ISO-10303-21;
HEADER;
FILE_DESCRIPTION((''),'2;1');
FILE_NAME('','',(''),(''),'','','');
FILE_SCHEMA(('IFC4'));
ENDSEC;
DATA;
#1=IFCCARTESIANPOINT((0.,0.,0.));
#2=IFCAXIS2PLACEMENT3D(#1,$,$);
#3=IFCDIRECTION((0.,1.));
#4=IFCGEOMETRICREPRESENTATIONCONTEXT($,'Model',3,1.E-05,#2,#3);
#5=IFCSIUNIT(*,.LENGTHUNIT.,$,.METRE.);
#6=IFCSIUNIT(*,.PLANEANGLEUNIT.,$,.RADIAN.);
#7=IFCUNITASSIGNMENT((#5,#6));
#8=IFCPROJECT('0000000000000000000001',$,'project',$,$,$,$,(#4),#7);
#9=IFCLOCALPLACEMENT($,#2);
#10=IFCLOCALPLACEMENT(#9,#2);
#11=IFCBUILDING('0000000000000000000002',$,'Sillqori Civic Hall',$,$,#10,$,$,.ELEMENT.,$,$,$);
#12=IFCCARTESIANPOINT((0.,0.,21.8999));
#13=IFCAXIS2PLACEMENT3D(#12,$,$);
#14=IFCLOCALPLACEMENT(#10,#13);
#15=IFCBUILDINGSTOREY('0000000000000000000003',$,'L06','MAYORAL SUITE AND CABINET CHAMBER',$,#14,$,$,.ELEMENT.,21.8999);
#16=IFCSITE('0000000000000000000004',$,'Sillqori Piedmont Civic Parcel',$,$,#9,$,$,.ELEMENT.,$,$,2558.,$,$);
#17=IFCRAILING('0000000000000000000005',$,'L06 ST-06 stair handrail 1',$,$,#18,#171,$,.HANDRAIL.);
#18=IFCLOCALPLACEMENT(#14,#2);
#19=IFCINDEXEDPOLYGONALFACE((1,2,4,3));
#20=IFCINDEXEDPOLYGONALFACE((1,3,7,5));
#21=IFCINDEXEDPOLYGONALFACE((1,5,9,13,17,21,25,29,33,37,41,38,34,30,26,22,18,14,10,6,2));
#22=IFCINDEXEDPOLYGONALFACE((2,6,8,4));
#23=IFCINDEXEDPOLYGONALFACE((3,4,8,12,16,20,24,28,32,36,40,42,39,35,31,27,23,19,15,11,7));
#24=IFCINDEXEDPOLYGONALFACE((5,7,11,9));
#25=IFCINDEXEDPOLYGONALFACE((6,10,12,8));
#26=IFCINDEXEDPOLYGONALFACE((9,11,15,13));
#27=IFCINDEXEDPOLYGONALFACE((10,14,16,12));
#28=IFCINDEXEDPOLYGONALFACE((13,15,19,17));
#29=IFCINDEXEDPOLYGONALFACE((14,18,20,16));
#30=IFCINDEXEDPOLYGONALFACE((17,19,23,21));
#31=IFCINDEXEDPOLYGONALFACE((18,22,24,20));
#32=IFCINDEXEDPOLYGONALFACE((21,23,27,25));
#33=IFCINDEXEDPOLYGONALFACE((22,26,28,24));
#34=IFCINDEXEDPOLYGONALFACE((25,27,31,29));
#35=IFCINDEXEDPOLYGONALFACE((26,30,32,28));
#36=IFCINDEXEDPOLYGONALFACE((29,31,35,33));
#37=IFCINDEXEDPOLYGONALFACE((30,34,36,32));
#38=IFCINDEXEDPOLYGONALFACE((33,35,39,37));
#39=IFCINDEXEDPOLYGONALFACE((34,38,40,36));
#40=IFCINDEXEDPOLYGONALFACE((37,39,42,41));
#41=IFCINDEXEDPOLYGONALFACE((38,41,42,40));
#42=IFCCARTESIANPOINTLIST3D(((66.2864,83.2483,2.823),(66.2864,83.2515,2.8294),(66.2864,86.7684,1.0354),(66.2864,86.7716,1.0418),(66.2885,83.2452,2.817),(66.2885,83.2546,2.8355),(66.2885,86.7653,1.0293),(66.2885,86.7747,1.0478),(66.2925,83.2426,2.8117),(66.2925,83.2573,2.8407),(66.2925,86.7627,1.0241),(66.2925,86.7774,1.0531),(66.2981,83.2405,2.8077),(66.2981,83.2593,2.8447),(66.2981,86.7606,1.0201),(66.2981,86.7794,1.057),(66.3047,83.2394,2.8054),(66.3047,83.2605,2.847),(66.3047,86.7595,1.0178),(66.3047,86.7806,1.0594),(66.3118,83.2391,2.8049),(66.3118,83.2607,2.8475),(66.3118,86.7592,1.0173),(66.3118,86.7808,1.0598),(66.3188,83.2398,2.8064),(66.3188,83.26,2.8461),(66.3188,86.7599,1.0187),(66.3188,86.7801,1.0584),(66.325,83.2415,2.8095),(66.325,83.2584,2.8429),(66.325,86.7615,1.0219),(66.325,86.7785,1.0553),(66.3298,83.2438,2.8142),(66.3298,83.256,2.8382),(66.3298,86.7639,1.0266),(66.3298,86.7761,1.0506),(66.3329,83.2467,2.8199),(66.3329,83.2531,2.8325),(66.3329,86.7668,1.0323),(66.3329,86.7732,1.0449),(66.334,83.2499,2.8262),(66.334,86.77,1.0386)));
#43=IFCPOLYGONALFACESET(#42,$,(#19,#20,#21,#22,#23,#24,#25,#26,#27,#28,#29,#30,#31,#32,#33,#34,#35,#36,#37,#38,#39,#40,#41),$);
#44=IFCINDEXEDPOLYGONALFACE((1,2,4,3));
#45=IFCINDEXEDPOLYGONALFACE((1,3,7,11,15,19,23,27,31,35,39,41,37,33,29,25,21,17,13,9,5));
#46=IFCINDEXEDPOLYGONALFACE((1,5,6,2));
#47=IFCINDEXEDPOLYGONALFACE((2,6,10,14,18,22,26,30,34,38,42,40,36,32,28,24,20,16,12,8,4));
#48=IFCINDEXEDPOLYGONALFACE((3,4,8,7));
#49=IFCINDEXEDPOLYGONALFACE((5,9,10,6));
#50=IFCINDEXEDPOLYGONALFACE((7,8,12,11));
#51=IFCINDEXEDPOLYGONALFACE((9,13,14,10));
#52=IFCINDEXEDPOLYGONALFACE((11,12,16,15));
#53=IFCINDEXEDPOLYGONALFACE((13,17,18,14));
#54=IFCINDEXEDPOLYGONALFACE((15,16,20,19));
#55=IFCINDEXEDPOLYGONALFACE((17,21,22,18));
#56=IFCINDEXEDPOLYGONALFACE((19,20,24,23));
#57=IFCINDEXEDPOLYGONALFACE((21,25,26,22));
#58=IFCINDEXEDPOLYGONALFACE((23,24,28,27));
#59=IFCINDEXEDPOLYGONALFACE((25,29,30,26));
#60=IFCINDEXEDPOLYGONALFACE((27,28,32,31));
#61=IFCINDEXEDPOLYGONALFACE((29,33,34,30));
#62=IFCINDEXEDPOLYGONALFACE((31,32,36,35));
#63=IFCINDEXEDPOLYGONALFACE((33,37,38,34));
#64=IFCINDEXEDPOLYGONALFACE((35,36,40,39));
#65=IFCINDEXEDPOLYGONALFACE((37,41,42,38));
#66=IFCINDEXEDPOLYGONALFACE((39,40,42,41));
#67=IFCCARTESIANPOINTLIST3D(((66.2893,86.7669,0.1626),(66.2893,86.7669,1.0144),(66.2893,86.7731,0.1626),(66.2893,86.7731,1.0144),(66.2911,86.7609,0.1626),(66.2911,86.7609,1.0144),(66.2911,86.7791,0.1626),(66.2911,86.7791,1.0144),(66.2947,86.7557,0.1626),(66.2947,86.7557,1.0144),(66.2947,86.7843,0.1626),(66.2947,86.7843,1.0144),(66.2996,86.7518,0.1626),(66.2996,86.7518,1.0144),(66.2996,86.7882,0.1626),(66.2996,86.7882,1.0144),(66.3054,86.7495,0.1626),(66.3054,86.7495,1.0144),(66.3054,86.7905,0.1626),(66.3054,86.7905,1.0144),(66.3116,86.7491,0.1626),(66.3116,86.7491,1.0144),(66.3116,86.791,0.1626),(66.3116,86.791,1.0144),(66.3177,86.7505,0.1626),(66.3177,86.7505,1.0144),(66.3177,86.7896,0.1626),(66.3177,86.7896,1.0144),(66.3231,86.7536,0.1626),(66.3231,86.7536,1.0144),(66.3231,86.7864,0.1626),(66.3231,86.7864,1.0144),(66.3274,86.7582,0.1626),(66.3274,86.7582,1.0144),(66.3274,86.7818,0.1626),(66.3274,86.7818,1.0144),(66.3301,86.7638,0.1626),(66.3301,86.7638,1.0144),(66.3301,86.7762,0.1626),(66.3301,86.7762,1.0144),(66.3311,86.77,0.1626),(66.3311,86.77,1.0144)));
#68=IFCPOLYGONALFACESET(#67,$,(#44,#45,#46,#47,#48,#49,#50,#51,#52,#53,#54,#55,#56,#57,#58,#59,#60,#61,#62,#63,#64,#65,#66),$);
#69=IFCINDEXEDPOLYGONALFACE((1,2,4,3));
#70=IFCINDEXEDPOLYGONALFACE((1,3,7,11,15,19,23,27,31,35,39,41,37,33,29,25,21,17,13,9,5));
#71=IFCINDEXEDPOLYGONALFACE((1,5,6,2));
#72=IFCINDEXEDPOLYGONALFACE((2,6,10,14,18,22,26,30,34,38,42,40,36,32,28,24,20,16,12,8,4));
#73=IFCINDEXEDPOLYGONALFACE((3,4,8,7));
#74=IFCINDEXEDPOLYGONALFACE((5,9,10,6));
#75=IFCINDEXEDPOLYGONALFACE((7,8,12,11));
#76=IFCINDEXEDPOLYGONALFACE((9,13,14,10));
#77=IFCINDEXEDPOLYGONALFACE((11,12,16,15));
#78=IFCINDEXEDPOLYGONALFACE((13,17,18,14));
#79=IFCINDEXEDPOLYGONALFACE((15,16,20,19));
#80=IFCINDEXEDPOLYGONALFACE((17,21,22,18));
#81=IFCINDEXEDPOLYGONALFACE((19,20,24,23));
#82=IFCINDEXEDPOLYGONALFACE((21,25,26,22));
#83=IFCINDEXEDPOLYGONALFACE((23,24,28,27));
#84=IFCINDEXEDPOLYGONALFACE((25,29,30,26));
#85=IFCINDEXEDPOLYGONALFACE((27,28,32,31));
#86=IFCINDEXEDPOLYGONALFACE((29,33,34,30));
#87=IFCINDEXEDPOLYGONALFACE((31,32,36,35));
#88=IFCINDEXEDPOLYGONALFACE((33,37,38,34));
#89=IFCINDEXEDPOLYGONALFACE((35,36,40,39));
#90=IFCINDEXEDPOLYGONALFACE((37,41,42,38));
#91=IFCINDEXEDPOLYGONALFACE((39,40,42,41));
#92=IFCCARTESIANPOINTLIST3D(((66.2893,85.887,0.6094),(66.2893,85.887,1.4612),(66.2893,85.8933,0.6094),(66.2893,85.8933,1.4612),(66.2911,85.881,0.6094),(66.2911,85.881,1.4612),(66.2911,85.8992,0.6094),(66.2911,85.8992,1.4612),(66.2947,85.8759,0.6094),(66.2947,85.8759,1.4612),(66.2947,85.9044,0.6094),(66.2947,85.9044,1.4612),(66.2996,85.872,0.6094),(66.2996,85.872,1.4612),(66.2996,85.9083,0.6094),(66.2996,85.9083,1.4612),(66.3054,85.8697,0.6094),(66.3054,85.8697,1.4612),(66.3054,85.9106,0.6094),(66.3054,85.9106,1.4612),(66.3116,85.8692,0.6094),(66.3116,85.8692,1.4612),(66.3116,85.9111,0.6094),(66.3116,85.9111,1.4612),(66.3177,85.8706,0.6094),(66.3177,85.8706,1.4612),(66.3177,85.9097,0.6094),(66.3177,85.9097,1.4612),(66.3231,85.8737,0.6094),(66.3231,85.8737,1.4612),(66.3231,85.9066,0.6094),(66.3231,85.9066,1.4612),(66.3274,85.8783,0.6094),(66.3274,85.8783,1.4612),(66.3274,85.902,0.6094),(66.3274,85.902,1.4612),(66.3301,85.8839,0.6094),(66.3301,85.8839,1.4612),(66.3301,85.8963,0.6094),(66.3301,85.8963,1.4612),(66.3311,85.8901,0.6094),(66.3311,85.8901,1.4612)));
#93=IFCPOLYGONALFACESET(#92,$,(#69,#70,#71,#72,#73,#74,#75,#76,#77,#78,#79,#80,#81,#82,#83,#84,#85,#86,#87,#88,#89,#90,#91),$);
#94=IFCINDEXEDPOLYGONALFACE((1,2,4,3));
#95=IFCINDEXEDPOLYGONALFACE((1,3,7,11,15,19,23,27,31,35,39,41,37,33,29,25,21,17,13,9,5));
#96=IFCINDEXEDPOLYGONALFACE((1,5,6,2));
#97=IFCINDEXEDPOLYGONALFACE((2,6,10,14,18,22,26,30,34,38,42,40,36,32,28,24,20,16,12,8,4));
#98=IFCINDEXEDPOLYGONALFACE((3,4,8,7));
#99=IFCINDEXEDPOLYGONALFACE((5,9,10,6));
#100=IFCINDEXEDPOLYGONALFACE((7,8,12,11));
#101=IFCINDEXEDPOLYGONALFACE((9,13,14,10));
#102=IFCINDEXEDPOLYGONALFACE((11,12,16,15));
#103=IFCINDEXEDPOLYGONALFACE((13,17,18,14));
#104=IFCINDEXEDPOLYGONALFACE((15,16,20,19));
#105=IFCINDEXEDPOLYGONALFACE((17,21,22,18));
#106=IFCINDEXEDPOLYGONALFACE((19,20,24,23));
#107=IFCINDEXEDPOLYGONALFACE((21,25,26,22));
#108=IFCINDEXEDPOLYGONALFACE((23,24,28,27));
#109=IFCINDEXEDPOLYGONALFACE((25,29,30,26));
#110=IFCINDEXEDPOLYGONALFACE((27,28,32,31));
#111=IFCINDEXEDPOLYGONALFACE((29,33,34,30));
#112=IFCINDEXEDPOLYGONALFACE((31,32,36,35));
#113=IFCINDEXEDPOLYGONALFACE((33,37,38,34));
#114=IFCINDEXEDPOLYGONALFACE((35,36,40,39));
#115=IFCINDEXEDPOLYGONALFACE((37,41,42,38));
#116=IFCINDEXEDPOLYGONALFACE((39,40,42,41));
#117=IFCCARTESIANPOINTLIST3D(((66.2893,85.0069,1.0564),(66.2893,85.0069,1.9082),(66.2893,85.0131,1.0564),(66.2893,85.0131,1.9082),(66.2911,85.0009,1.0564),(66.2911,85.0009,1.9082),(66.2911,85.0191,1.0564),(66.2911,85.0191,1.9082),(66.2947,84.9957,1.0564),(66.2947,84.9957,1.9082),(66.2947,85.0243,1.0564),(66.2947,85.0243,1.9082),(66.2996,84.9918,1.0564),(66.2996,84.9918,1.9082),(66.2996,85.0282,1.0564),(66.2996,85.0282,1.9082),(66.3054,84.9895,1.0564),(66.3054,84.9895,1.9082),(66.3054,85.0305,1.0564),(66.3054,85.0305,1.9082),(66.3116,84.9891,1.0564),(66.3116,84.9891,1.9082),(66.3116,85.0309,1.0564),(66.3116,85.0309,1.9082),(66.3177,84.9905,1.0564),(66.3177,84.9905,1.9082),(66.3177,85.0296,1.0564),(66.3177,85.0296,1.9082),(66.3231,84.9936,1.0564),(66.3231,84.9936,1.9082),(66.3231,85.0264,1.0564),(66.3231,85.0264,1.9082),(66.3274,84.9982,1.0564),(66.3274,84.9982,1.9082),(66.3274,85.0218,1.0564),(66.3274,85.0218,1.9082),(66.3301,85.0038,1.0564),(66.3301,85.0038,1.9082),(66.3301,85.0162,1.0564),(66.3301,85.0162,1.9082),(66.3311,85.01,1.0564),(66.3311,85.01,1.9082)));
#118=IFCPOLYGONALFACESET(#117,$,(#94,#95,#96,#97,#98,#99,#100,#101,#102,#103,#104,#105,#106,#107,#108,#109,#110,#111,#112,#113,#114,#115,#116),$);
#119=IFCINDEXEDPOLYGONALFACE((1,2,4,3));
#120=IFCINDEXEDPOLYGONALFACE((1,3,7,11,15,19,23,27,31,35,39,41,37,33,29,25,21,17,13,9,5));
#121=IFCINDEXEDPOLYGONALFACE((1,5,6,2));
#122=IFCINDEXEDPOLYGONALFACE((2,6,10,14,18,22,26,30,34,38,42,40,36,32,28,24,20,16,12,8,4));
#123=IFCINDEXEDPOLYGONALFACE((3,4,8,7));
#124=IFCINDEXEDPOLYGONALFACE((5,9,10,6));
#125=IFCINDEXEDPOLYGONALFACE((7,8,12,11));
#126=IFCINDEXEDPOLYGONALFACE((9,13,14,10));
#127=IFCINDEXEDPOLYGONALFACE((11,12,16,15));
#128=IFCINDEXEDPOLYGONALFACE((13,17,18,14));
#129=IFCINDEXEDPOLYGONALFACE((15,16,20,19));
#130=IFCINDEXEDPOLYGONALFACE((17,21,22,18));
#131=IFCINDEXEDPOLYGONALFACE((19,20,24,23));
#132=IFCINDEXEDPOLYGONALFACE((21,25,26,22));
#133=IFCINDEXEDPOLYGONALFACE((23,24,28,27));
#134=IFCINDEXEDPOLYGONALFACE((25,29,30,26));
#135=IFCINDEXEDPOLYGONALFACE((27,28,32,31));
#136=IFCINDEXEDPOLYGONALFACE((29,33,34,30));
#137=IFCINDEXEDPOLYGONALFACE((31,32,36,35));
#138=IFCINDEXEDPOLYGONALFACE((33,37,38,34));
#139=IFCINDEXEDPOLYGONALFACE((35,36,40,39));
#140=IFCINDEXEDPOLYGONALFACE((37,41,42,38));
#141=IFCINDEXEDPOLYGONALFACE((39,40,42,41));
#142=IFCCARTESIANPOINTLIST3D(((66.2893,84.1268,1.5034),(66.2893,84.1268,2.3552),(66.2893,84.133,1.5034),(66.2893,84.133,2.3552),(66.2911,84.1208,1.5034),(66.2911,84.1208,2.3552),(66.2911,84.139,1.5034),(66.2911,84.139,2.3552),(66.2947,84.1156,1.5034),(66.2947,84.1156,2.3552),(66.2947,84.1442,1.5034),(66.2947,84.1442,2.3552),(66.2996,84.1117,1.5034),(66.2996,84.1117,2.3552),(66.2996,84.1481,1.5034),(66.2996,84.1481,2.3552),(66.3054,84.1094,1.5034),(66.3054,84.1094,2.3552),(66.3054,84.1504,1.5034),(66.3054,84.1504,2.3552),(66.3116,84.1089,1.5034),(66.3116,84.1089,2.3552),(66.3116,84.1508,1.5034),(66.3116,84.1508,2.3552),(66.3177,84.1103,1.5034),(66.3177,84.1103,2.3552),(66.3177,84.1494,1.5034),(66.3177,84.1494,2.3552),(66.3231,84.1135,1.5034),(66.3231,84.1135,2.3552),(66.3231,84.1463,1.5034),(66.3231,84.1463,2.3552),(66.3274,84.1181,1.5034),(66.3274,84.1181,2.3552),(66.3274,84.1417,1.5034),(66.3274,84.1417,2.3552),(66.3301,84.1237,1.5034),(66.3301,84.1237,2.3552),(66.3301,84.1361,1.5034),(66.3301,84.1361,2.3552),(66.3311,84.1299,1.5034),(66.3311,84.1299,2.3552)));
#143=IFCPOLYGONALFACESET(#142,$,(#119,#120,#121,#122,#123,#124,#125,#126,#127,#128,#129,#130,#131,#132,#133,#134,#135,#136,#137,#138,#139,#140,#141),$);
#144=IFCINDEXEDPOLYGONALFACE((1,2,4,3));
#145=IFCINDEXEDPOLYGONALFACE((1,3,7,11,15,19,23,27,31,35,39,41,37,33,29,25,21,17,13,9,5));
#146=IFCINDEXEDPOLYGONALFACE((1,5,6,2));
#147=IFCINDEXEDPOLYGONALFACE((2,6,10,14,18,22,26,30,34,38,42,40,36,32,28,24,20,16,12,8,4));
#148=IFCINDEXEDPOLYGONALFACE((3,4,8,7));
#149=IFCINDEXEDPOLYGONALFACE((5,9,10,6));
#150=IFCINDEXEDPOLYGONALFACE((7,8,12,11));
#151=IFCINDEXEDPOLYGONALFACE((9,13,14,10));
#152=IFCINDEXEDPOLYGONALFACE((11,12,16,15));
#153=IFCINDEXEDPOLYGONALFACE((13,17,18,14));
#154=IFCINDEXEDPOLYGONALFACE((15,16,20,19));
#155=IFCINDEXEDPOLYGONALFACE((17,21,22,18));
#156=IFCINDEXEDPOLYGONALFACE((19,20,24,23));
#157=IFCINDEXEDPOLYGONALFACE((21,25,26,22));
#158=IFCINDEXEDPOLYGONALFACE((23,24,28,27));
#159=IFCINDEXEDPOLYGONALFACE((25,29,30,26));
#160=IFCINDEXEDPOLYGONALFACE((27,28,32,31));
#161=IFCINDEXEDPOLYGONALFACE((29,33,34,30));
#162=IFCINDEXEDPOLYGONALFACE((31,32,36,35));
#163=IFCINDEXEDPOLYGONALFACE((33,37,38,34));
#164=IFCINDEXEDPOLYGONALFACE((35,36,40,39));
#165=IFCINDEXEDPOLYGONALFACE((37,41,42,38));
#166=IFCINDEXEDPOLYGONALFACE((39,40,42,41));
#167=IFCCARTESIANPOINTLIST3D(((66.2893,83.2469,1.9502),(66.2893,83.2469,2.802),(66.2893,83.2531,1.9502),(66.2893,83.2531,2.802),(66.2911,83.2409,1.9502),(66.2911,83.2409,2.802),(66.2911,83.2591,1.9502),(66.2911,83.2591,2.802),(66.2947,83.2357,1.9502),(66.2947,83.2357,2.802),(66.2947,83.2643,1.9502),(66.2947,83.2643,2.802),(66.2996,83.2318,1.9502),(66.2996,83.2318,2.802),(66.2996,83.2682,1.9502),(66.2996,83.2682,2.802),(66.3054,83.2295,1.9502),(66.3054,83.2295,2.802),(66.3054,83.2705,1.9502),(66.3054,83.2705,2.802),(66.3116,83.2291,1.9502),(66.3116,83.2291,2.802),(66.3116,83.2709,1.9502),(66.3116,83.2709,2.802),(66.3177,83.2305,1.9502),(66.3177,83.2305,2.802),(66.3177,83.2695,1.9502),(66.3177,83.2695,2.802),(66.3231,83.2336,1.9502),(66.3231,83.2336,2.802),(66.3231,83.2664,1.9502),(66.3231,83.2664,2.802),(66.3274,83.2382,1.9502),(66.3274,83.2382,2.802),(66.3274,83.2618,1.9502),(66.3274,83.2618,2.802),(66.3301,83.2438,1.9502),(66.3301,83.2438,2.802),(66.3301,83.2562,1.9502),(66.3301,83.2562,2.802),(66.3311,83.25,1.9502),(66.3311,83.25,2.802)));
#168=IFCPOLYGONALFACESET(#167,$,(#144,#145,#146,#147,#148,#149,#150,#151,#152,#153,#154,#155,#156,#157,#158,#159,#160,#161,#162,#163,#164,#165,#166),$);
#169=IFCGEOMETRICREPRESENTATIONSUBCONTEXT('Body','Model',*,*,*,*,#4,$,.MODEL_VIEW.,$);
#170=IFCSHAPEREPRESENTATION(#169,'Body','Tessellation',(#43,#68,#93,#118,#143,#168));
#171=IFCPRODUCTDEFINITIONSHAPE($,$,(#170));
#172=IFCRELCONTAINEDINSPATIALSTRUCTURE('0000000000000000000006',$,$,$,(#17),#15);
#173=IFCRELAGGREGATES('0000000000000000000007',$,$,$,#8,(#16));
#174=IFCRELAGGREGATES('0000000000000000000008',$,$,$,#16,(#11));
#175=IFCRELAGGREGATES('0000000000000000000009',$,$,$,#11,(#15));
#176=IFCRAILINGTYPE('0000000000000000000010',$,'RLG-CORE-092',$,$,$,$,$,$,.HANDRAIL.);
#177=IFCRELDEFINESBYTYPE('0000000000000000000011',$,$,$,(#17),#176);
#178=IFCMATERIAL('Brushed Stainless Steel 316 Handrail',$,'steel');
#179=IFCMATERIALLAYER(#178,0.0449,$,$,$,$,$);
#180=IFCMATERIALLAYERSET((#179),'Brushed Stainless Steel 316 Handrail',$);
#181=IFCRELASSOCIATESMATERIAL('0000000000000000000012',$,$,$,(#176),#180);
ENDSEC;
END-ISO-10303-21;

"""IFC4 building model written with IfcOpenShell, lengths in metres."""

from ifc_helpers import new_model, si_unit, direction, frame, origin, origin_2d, place, context, subcontext, project, spatial, circle, extrude, material, layer, layer_set, type_object, element, save


model = new_model("IFC4")

# Units and contexts
model_context = context("Model", 3, precision=1e-05, world=origin(), true_north=direction((0.0, 1.0)))
body_context = subcontext(model_context, "Body", "Model", "MODEL_VIEW")
ifc_project = project(units=[si_unit("LENGTHUNIT", "METRE"), si_unit("PLANEANGLEUNIT", "RADIAN")], contexts=[model_context])

# Site, building, storey
site_placement = place(None, origin())
site = spatial("IfcSite", under=ifc_project, at=site_placement, Name="Sillqori Piedmont Civic Parcel", CompositionType="ELEMENT", RefElevation=2558.0)
building_placement = place(site_placement, origin())
building = spatial("IfcBuilding", under=site, at=building_placement, Name="Sillqori Civic Hall", CompositionType="ELEMENT")
storey_placement = place(building_placement, frame((0.0, 0.0, 21.8999)))
storey = spatial("IfcBuildingStorey", under=building, at=storey_placement, Name="L06", Description="MAYORAL SUITE AND CABINET CHAMBER", CompositionType="ELEMENT", Elevation=21.8999)

# Railing
ifc_material_1 = material(Name="Brushed Stainless Steel 316 Handrail", Category="steel")
ifc_layer_1 = layer(ifc_material_1, 0.0449)
ifc_layer_set_1 = layer_set([ifc_layer_1], Name="Brushed Stainless Steel 316 Handrail")
railing_type_1 = type_object("IfcRailingType", Name="RLG-CORE-092", PredefinedType="HANDRAIL", material=ifc_layer_set_1)
railing_1_placement = place(storey_placement, frame((66.3101, 86.77, 0.1626)))
element("IfcRailing", 1, at=railing_1_placement, inside=storey, type_object=railing_type_1, Name="L06 ST-06 stair handrail 1", PredefinedType="HANDRAIL", context=body_context, shape_type="SweptSolid", body=[
    extrude(circle(Radius=0.0239, at=origin_2d()), frame((0.0, 0.0, 0.876), z_axis=(0.0, -0.891615, 0.452795), x_axis=(1.0, 0.0, 0.0)), (0.0, 0.0, 1.0), 3.948),
    extrude(circle(Radius=0.021, at=origin_2d()), origin(), (0.0, 0.0, 1.0), 0.8518),
    extrude(circle(Radius=0.021, at=origin_2d()), frame((0.0, -0.8799, 0.4468)), (0.0, 0.0, 1.0), 0.8518),
    extrude(circle(Radius=0.021, at=origin_2d()), frame((0.0, -1.76, 0.8938)), (0.0, 0.0, 1.0), 0.8518),
    extrude(circle(Radius=0.021, at=origin_2d()), frame((0.0, -2.6401, 1.3408)), (0.0, 0.0, 1.0), 0.8518),
    extrude(circle(Radius=0.021, at=origin_2d()), frame((0.0, -3.52, 1.7876)), (0.0, 0.0, 1.0), 0.8518),
])

save(model, "model.ifc")
